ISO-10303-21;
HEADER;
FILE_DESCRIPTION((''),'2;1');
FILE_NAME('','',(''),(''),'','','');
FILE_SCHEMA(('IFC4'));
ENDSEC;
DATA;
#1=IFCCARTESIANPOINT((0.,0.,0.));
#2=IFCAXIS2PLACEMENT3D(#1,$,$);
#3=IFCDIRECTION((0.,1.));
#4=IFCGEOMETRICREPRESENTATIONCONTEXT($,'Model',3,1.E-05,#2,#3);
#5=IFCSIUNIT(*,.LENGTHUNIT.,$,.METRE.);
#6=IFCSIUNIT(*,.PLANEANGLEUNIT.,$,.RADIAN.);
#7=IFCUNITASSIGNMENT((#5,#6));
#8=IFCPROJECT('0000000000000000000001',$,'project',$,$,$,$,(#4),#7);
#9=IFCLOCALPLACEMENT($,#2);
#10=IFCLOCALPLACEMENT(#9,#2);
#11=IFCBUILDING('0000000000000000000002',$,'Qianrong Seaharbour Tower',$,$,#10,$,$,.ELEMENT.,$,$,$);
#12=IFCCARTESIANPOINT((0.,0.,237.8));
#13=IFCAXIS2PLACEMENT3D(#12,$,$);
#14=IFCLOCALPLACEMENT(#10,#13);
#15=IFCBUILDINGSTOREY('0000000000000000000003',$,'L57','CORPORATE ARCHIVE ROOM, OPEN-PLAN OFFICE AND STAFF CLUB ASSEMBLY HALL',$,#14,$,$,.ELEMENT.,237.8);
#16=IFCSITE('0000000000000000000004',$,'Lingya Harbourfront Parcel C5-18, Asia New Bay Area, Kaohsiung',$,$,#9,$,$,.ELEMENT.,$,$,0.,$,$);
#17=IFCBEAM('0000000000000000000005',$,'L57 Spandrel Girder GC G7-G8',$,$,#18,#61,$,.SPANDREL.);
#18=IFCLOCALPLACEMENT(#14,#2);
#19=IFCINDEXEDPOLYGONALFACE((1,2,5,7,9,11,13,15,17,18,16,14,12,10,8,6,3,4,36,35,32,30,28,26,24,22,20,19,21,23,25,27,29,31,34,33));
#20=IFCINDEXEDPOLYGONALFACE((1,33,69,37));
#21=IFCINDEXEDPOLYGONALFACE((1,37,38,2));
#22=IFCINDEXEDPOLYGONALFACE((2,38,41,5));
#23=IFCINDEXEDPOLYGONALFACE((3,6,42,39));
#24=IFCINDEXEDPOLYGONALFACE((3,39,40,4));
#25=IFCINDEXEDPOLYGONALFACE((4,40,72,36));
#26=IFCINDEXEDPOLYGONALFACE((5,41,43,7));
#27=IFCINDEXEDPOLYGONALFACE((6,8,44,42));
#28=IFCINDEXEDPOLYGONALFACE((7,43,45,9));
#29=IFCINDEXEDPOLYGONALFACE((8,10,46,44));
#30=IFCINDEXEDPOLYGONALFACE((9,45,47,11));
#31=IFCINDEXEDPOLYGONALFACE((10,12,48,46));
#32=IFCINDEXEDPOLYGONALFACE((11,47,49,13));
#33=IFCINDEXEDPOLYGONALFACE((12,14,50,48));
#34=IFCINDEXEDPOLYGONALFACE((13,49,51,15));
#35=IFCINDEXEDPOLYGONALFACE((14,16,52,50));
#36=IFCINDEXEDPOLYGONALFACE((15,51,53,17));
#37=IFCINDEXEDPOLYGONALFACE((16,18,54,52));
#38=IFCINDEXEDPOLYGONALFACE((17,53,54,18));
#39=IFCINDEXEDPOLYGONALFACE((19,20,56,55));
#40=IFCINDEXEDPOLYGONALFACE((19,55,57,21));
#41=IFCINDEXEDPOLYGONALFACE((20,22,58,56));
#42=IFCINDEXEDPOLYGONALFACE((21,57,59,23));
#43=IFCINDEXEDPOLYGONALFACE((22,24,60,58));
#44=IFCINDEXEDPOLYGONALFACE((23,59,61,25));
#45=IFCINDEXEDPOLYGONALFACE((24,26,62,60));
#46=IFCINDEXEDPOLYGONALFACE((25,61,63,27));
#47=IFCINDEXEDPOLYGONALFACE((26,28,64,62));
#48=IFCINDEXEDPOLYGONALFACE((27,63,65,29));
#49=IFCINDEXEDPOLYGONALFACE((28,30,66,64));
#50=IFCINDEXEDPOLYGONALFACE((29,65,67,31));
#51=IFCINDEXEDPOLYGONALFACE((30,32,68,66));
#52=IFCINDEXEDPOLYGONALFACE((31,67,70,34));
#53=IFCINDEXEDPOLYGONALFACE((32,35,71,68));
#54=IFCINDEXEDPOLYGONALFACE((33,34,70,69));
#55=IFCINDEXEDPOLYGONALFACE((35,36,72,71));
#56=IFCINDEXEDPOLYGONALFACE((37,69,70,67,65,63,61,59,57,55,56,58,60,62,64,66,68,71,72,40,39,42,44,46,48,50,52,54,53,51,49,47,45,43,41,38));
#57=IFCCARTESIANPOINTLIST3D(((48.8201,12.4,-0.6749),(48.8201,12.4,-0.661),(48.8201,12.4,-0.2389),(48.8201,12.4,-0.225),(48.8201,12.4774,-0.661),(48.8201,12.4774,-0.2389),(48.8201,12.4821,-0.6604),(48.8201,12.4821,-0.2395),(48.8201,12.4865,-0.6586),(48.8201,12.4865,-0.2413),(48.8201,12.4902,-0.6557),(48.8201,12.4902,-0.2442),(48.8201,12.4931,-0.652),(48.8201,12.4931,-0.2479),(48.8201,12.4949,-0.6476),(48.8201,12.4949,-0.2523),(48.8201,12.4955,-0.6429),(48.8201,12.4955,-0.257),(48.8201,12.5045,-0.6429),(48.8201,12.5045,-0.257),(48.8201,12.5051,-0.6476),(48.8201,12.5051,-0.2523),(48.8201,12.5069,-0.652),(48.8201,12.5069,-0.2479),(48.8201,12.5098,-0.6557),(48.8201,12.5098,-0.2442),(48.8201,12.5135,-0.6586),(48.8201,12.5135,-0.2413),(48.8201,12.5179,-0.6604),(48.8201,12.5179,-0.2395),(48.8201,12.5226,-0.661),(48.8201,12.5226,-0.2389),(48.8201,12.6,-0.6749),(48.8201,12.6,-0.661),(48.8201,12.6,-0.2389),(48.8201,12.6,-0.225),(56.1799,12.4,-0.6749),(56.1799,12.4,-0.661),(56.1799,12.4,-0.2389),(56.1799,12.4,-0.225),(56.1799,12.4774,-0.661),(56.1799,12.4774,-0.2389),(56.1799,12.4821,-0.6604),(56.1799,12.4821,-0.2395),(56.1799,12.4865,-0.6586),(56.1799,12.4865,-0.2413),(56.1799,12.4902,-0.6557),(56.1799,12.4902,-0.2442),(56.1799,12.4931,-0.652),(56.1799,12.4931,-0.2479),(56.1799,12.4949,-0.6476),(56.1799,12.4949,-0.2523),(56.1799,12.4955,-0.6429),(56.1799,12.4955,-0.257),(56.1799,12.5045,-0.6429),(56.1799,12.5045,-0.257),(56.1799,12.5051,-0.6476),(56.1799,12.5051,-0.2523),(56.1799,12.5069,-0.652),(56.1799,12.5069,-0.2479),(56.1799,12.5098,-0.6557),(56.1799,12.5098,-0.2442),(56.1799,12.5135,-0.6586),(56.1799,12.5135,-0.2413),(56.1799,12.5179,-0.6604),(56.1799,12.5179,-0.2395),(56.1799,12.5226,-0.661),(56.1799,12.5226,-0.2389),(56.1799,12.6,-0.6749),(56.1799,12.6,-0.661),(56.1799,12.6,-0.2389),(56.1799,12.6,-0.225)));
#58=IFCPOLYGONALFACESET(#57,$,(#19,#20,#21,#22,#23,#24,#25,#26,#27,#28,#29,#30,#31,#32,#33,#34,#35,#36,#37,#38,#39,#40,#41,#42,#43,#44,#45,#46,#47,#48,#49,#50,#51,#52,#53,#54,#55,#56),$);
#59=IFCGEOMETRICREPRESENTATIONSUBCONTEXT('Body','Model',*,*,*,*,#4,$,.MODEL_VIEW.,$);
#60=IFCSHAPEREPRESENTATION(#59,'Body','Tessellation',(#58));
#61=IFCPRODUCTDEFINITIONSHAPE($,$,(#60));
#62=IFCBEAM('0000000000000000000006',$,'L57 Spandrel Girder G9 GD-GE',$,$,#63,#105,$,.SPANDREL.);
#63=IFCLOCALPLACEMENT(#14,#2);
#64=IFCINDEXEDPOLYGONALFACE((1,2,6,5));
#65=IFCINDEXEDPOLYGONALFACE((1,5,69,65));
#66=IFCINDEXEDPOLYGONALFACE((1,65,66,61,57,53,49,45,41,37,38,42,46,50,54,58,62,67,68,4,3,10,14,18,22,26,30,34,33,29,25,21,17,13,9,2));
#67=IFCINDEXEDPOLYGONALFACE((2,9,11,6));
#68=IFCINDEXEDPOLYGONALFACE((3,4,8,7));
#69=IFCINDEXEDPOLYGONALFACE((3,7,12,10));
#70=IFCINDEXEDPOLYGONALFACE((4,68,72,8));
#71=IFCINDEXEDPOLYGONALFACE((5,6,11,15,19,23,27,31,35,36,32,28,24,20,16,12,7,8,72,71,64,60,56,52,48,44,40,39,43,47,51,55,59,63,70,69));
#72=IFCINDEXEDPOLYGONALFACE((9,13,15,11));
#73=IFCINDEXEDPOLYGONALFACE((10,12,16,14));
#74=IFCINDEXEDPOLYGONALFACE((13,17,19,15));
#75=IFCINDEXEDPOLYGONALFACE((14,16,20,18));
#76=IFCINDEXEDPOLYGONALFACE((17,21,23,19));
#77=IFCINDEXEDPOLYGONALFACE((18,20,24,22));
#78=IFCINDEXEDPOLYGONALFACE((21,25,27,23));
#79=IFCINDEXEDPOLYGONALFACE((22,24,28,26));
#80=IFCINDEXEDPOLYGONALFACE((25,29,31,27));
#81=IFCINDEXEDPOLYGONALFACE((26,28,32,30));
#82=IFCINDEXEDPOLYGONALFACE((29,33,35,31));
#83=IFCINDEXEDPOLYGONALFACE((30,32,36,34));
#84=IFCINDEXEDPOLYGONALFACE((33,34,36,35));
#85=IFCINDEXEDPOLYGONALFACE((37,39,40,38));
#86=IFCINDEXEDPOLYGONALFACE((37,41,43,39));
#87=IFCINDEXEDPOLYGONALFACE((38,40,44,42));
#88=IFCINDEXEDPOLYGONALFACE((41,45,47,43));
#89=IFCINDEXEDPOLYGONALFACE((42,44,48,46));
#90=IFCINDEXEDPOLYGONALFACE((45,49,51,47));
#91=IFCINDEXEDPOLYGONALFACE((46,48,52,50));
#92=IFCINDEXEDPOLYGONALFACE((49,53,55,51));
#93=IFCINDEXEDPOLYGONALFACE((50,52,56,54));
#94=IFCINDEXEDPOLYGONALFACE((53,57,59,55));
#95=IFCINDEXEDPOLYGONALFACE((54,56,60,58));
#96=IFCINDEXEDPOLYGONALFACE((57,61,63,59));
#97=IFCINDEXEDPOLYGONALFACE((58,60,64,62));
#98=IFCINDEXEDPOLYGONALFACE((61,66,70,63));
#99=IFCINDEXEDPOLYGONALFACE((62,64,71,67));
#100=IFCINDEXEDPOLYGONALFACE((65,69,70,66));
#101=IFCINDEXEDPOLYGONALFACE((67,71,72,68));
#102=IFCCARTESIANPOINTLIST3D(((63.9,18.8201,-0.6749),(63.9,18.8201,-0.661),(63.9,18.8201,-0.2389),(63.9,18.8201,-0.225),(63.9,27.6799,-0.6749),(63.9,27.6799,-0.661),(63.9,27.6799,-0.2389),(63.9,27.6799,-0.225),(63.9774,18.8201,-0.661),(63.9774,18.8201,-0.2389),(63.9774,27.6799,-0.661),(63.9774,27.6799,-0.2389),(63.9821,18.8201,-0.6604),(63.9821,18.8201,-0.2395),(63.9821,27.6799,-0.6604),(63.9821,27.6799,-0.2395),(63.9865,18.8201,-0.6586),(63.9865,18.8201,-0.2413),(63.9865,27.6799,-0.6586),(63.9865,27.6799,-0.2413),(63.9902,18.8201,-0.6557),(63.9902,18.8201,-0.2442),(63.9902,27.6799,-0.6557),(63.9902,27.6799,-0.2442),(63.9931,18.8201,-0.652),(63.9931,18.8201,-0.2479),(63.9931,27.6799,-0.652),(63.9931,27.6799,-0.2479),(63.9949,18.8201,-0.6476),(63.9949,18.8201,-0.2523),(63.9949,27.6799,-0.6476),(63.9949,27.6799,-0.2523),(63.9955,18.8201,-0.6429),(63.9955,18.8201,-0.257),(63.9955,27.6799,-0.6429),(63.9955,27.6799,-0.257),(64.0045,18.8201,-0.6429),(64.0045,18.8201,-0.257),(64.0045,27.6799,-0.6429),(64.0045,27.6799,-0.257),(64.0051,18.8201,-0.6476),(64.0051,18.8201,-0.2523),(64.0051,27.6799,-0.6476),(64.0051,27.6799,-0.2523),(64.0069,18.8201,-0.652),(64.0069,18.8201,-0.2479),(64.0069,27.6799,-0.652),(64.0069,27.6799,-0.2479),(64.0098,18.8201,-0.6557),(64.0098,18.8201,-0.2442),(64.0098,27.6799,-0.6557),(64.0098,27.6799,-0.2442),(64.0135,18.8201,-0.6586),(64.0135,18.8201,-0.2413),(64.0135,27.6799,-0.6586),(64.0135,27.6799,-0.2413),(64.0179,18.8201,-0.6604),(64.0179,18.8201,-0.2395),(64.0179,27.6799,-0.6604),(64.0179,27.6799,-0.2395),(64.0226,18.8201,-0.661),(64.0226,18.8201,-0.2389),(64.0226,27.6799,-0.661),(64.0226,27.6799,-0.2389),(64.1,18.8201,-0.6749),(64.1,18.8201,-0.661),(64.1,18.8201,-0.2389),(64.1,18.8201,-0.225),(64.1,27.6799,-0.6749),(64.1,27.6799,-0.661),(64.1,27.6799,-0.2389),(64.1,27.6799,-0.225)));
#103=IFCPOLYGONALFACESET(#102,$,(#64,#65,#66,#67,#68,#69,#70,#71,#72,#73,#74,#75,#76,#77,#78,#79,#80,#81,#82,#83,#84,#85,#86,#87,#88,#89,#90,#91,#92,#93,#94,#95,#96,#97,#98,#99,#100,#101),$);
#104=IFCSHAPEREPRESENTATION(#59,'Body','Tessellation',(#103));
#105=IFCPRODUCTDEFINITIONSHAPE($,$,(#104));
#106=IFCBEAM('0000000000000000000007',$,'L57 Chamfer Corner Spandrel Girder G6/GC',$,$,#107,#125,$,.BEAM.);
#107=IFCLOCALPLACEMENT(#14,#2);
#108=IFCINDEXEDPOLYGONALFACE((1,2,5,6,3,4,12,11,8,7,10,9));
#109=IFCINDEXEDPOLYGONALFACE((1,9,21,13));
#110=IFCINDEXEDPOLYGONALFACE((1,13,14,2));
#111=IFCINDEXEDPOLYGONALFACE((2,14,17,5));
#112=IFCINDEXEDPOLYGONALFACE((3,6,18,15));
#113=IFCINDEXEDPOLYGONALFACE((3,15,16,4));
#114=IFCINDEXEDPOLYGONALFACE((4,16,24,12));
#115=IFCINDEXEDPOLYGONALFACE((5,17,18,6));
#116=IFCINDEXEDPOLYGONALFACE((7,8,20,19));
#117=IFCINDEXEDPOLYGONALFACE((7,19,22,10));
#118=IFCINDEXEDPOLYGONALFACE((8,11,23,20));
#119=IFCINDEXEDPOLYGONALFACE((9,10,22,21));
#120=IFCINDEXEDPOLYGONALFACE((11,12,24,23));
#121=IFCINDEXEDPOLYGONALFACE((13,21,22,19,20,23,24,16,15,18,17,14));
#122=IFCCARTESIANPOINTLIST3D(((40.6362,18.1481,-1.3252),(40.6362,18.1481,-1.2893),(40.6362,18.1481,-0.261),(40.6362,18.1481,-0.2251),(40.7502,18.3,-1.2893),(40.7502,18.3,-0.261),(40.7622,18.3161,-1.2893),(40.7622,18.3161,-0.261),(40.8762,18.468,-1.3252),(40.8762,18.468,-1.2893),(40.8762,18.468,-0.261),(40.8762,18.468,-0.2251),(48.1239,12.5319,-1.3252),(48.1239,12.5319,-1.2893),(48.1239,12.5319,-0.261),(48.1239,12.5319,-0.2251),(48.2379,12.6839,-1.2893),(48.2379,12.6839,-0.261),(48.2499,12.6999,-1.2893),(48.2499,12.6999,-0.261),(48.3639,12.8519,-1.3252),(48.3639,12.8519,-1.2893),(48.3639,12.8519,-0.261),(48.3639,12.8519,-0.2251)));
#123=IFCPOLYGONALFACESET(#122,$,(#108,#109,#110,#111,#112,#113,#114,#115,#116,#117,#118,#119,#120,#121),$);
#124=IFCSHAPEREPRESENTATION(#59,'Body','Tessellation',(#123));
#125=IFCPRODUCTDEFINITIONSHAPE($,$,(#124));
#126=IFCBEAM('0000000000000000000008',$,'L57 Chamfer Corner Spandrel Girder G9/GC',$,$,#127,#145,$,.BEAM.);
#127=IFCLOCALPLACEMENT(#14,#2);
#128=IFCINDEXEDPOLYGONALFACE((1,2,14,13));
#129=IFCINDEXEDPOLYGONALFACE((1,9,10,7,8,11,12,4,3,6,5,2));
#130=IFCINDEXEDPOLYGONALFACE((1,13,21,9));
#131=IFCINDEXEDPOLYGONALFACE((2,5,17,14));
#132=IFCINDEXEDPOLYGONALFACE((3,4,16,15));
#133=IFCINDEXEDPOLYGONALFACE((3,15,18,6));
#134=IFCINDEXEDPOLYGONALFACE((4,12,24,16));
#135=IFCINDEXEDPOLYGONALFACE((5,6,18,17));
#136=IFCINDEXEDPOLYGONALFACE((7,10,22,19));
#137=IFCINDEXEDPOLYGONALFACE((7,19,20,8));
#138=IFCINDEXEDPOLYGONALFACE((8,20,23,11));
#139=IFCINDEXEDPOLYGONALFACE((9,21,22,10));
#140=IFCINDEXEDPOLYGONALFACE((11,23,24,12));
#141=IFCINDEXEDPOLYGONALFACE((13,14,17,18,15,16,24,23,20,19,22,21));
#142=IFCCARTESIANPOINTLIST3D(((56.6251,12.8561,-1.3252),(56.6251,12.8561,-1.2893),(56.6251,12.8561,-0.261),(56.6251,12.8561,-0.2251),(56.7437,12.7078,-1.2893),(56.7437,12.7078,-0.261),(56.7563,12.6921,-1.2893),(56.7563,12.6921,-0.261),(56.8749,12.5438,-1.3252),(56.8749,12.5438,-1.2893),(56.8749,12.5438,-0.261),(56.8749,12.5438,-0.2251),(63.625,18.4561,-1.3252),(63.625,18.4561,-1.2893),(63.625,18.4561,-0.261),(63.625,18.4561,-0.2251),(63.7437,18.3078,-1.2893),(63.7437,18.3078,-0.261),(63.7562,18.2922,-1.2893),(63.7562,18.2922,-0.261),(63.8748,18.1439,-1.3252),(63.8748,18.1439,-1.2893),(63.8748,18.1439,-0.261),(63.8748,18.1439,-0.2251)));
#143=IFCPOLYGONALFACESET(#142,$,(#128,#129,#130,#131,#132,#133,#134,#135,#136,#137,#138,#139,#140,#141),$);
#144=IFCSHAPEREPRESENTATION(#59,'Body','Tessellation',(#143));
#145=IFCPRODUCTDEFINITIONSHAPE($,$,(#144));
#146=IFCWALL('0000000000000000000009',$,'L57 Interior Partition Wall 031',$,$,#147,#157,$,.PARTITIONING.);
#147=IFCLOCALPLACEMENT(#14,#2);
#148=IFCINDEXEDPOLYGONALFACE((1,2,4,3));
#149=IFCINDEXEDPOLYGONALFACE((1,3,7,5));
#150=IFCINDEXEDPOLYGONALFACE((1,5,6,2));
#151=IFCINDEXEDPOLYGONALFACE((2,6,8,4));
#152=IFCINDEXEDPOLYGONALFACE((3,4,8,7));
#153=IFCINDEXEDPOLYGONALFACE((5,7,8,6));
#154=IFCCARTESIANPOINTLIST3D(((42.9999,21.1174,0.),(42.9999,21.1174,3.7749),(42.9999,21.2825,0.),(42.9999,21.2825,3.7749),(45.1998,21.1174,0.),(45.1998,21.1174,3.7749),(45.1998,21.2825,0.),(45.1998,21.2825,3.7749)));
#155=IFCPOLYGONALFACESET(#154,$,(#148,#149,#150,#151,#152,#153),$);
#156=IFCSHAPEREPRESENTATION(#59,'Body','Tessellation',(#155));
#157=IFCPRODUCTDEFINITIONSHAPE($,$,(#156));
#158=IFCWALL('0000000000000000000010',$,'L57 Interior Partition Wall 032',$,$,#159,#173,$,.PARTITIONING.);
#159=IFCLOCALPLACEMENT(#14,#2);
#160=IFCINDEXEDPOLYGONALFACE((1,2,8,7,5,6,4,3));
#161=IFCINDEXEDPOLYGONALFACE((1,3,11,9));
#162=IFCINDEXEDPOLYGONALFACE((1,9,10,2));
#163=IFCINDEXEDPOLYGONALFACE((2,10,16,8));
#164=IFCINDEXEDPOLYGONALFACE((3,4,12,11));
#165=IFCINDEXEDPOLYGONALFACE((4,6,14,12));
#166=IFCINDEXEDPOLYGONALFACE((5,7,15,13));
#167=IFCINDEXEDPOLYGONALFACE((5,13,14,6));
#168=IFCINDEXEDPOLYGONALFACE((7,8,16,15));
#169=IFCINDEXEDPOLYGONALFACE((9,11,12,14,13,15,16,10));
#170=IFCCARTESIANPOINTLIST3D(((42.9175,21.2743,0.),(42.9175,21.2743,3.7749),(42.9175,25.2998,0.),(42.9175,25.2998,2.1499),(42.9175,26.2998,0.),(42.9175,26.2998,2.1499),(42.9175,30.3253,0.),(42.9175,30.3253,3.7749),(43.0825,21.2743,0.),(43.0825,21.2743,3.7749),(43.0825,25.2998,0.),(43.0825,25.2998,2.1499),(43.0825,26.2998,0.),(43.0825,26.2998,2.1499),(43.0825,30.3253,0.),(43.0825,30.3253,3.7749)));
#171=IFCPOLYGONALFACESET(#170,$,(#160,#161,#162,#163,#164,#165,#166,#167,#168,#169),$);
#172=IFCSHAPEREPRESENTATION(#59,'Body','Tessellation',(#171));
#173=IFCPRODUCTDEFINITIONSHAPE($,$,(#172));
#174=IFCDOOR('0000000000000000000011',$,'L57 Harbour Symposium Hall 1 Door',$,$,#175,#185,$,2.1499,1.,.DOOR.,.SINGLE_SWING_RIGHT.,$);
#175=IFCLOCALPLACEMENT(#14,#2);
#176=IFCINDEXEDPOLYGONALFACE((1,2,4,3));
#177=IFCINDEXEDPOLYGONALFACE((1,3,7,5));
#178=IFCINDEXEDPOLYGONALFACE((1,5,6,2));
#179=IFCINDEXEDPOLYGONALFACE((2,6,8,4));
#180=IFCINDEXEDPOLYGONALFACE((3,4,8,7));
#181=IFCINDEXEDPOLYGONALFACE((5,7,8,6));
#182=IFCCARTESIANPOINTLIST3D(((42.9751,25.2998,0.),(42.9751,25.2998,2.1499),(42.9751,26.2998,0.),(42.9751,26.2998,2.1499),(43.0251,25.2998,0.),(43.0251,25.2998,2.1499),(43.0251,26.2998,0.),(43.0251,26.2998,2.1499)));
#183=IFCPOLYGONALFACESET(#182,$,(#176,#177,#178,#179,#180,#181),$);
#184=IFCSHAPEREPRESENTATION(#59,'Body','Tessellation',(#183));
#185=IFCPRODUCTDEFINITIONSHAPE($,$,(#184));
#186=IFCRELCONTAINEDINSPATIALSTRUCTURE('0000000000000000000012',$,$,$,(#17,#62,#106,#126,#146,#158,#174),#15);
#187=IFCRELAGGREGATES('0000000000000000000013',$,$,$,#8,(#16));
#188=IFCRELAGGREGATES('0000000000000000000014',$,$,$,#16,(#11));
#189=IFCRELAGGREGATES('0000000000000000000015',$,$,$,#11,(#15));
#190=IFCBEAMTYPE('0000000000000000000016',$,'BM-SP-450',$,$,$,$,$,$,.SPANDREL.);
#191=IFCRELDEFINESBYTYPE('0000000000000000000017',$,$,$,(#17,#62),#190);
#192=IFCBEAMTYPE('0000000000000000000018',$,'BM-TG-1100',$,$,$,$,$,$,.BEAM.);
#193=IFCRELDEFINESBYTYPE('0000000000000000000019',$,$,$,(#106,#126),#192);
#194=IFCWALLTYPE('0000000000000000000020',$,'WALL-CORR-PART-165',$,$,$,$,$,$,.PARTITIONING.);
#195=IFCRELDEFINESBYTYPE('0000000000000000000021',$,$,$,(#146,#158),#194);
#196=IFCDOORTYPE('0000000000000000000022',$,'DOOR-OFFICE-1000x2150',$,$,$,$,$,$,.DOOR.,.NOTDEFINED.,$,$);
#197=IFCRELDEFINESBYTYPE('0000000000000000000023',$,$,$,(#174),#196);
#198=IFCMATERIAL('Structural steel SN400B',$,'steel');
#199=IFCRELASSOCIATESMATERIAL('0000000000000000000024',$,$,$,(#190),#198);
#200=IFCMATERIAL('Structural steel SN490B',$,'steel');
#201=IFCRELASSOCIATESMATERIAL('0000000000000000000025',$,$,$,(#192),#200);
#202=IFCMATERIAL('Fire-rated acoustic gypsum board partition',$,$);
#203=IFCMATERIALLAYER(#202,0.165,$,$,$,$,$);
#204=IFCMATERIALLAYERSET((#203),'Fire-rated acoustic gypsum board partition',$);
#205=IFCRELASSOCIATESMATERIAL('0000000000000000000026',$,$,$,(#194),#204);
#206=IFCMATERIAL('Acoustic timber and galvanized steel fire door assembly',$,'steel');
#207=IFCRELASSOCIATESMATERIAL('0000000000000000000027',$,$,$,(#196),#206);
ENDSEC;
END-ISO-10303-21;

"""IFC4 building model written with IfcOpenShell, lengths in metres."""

from ifc_helpers import new_model, si_unit, direction, frame, frame_2d, origin, origin_2d, place, context, subcontext, project, spatial, rectangle, i_section, extrude, material, layer, layer_set, material_profile, profile_set, type_object, element, fill, save


model = new_model("IFC4")

# Units and contexts
model_context = context("Model", 3, precision=1e-05, world=origin(), true_north=direction((0.0, 1.0)))
body_context = subcontext(model_context, "Body", "Model", "MODEL_VIEW")
ifc_project = project(units=[si_unit("LENGTHUNIT", "METRE"), si_unit("PLANEANGLEUNIT", "RADIAN")], contexts=[model_context])

# Site, building, storey
site_placement = place(None, origin())
site = spatial("IfcSite", under=ifc_project, at=site_placement, Name="Lingya Harbourfront Parcel C5-18, Asia New Bay Area, Kaohsiung", CompositionType="ELEMENT", RefElevation=0.0)
building_placement = place(site_placement, origin())
building = spatial("IfcBuilding", under=site, at=building_placement, Name="Qianrong Seaharbour Tower", CompositionType="ELEMENT")
storey_placement = place(building_placement, frame((0.0, 0.0, 237.8)))
storey = spatial("IfcBuildingStorey", under=building, at=storey_placement, Name="L57", Description="CORPORATE ARCHIVE ROOM, OPEN-PLAN OFFICE AND STAFF CLUB ASSEMBLY HALL", CompositionType="ELEMENT", Elevation=237.8)

# Shared definitions
ifc_material_1 = material(Name="Structural steel SN490B", Category="steel")

# Beams
ifc_material_2 = material(Name="Structural steel SN400B", Category="steel")
ifc_material_profile_1 = material_profile(ifc_material_2, i_section(OverallWidth=0.2, OverallDepth=0.45, WebThickness=0.009, FlangeThickness=0.0139, FilletRadius=0.0181, at=origin_2d()), Name="H450x200x9x14")
ifc_profile_set_1 = profile_set([ifc_material_profile_1], Name="Structural steel SN400B")
beam_type_1 = type_object("IfcBeamType", Name="BM-SP-450", PredefinedType="SPANDREL", material=ifc_profile_set_1)
beam_1_placement = place(storey_placement, frame((48.8201, 12.5, -0.45), z_axis=(1.0, 0.0, 0.0), x_axis=(0.0, 1.0, 0.0)))
element("IfcBeam", 1, at=beam_1_placement, inside=storey, type_object=beam_type_1, Name="L57 Spandrel Girder GC G7-G8", PredefinedType="SPANDREL", context=body_context, shape_type="SweptSolid", body=[
    extrude(i_section(OverallWidth=0.2, OverallDepth=0.45, WebThickness=0.009, FlangeThickness=0.0139, FilletRadius=0.0181, at=origin_2d()), origin(), (0.0, 0.0, 1.0), 7.3599),
])
beam_2_placement = place(storey_placement, frame((64.0, 18.8201, -0.45), z_axis=(0.0, 1.0, 0.0), x_axis=(-1.0, 0.0, 0.0)))
element("IfcBeam", 2, at=beam_2_placement, inside=storey, type_object=beam_type_1, Name="L57 Spandrel Girder G9 GD-GE", PredefinedType="SPANDREL", context=body_context, shape_type="SweptSolid", body=[
    extrude(i_section(OverallWidth=0.2, OverallDepth=0.45, WebThickness=0.009, FlangeThickness=0.0139, FilletRadius=0.0181, at=origin_2d()), origin(), (0.0, 0.0, 1.0), 8.8599),
])
ifc_material_profile_2 = material_profile(ifc_material_1, i_section(OverallWidth=0.3999, OverallDepth=1.1001, WebThickness=0.02, FlangeThickness=0.0359, at=origin_2d()), Name="BH1100x400x20x36")
ifc_profile_set_2 = profile_set([ifc_material_profile_2], Name="Structural steel SN490B")
beam_type_2 = type_object("IfcBeamType", Name="BM-TG-1100", PredefinedType="BEAM", material=ifc_profile_set_2)
beam_3_placement = place(storey_placement, frame((48.2439, 12.6919, -0.7751), z_axis=(-0.799981, 0.600025, 0.0), x_axis=(-0.600025, -0.799981, 0.0)))
element("IfcBeam", 3, at=beam_3_placement, inside=storey, type_object=beam_type_2, Name="L57 Chamfer Corner Spandrel Girder G6/GC", PredefinedType="BEAM", context=body_context, shape_type="SweptSolid", body=[
    extrude(i_section(OverallWidth=0.3999, OverallDepth=1.1001, WebThickness=0.02, FlangeThickness=0.0359, at=origin_2d()), origin(), (0.0, 0.0, 1.0), 9.3599),
])
beam_4_placement = place(storey_placement, frame((56.75, 12.7, -0.7751), z_axis=(0.780863, 0.624702, 0.0), x_axis=(-0.624702, 0.780863, 0.0)))
element("IfcBeam", 4, at=beam_4_placement, inside=storey, type_object=beam_type_2, Name="L57 Chamfer Corner Spandrel Girder G9/GC", PredefinedType="BEAM", context=body_context, shape_type="SweptSolid", body=[
    extrude(i_section(OverallWidth=0.3999, OverallDepth=1.1001, WebThickness=0.02, FlangeThickness=0.0359, at=origin_2d()), origin(), (0.0, 0.0, 1.0), 8.9644),
])

# Wall
ifc_material_3 = material(Name="Fire-rated acoustic gypsum board partition")
ifc_layer_1 = layer(ifc_material_3, 0.165)
ifc_layer_set_1 = layer_set([ifc_layer_1], Name="Fire-rated acoustic gypsum board partition")
wall_type_1 = type_object("IfcWallType", Name="WALL-CORR-PART-165", PredefinedType="PARTITIONING", material=ifc_layer_set_1)
wall_1_placement = place(storey_placement, frame((45.2, 21.2, 0.0), z_axis=(0.0, 0.0, 1.0), x_axis=(-1.0, 0.0, 0.0)))
element("IfcWall", 5, at=wall_1_placement, inside=storey, type_object=wall_type_1, Name="L57 Interior Partition Wall 031", PredefinedType="PARTITIONING", context=body_context, shape_type="SweptSolid", body=[
    extrude(rectangle(XDim=2.2, YDim=0.165, at=frame_2d((1.1001, 0.0))), origin(), (0.0, 0.0, 1.0), 3.7749),
])

# Wall, opening, door
wall_2_placement = place(storey_placement, frame((43.0, 21.2744, 0.0), z_axis=(0.0, 0.0, 1.0), x_axis=(0.0, 1.0, 0.0)))
wall_2 = element("IfcWall", 6, at=wall_2_placement, inside=storey, type_object=wall_type_1, Name="L57 Interior Partition Wall 032", PredefinedType="PARTITIONING", context=body_context, shape_type="SweptSolid", body=[
    extrude(rectangle(XDim=9.051, YDim=0.165, at=frame_2d((4.5254, 0.0))), origin(), (0.0, 0.0, 1.0), 3.7749),
])
opening_1_placement = place(wall_2_placement, frame((4.0254, 0.0, 0.0)))
opening_1 = element("IfcOpeningElement", 7, at=opening_1_placement, cuts=wall_2, PredefinedType="OPENING", context=body_context, shape_type="SweptSolid", body=[
    extrude(rectangle(XDim=1.0, YDim=2.1499, at=frame_2d((0.5, 1.075))), frame((0.0, 0.0925, 0.0), z_axis=(0.0, -1.0, 0.0), x_axis=(1.0, 0.0, 0.0)), (0.0, 0.0, 1.0), 0.1851),
])
ifc_material_4 = material(Name="Acoustic timber and galvanized steel fire door assembly", Category="steel")
door_type_1 = type_object("IfcDoorType", Name="DOOR-OFFICE-1000x2150", OperationType="NOTDEFINED", PredefinedType="DOOR", material=ifc_material_4)
door_1_placement = place(opening_1_placement, origin())
door_1 = element("IfcDoor", 8, at=door_1_placement, inside=storey, type_object=door_type_1, Name="L57 Harbour Symposium Hall 1 Door", OperationType="SINGLE_SWING_RIGHT", OverallHeight=2.1499, OverallWidth=1.0, PredefinedType="DOOR", context=body_context, shape_type="SweptSolid", body=[
    extrude(rectangle(XDim=1.0, YDim=2.1499, at=frame_2d((0.5, 1.075))), frame((0.0, 0.0249, 0.0), z_axis=(0.0, -1.0, 0.0), x_axis=(1.0, 0.0, 0.0)), (0.0, 0.0, 1.0), 0.05),
])
fill(opening_1, door_1)

save(model, "model.ifc")
